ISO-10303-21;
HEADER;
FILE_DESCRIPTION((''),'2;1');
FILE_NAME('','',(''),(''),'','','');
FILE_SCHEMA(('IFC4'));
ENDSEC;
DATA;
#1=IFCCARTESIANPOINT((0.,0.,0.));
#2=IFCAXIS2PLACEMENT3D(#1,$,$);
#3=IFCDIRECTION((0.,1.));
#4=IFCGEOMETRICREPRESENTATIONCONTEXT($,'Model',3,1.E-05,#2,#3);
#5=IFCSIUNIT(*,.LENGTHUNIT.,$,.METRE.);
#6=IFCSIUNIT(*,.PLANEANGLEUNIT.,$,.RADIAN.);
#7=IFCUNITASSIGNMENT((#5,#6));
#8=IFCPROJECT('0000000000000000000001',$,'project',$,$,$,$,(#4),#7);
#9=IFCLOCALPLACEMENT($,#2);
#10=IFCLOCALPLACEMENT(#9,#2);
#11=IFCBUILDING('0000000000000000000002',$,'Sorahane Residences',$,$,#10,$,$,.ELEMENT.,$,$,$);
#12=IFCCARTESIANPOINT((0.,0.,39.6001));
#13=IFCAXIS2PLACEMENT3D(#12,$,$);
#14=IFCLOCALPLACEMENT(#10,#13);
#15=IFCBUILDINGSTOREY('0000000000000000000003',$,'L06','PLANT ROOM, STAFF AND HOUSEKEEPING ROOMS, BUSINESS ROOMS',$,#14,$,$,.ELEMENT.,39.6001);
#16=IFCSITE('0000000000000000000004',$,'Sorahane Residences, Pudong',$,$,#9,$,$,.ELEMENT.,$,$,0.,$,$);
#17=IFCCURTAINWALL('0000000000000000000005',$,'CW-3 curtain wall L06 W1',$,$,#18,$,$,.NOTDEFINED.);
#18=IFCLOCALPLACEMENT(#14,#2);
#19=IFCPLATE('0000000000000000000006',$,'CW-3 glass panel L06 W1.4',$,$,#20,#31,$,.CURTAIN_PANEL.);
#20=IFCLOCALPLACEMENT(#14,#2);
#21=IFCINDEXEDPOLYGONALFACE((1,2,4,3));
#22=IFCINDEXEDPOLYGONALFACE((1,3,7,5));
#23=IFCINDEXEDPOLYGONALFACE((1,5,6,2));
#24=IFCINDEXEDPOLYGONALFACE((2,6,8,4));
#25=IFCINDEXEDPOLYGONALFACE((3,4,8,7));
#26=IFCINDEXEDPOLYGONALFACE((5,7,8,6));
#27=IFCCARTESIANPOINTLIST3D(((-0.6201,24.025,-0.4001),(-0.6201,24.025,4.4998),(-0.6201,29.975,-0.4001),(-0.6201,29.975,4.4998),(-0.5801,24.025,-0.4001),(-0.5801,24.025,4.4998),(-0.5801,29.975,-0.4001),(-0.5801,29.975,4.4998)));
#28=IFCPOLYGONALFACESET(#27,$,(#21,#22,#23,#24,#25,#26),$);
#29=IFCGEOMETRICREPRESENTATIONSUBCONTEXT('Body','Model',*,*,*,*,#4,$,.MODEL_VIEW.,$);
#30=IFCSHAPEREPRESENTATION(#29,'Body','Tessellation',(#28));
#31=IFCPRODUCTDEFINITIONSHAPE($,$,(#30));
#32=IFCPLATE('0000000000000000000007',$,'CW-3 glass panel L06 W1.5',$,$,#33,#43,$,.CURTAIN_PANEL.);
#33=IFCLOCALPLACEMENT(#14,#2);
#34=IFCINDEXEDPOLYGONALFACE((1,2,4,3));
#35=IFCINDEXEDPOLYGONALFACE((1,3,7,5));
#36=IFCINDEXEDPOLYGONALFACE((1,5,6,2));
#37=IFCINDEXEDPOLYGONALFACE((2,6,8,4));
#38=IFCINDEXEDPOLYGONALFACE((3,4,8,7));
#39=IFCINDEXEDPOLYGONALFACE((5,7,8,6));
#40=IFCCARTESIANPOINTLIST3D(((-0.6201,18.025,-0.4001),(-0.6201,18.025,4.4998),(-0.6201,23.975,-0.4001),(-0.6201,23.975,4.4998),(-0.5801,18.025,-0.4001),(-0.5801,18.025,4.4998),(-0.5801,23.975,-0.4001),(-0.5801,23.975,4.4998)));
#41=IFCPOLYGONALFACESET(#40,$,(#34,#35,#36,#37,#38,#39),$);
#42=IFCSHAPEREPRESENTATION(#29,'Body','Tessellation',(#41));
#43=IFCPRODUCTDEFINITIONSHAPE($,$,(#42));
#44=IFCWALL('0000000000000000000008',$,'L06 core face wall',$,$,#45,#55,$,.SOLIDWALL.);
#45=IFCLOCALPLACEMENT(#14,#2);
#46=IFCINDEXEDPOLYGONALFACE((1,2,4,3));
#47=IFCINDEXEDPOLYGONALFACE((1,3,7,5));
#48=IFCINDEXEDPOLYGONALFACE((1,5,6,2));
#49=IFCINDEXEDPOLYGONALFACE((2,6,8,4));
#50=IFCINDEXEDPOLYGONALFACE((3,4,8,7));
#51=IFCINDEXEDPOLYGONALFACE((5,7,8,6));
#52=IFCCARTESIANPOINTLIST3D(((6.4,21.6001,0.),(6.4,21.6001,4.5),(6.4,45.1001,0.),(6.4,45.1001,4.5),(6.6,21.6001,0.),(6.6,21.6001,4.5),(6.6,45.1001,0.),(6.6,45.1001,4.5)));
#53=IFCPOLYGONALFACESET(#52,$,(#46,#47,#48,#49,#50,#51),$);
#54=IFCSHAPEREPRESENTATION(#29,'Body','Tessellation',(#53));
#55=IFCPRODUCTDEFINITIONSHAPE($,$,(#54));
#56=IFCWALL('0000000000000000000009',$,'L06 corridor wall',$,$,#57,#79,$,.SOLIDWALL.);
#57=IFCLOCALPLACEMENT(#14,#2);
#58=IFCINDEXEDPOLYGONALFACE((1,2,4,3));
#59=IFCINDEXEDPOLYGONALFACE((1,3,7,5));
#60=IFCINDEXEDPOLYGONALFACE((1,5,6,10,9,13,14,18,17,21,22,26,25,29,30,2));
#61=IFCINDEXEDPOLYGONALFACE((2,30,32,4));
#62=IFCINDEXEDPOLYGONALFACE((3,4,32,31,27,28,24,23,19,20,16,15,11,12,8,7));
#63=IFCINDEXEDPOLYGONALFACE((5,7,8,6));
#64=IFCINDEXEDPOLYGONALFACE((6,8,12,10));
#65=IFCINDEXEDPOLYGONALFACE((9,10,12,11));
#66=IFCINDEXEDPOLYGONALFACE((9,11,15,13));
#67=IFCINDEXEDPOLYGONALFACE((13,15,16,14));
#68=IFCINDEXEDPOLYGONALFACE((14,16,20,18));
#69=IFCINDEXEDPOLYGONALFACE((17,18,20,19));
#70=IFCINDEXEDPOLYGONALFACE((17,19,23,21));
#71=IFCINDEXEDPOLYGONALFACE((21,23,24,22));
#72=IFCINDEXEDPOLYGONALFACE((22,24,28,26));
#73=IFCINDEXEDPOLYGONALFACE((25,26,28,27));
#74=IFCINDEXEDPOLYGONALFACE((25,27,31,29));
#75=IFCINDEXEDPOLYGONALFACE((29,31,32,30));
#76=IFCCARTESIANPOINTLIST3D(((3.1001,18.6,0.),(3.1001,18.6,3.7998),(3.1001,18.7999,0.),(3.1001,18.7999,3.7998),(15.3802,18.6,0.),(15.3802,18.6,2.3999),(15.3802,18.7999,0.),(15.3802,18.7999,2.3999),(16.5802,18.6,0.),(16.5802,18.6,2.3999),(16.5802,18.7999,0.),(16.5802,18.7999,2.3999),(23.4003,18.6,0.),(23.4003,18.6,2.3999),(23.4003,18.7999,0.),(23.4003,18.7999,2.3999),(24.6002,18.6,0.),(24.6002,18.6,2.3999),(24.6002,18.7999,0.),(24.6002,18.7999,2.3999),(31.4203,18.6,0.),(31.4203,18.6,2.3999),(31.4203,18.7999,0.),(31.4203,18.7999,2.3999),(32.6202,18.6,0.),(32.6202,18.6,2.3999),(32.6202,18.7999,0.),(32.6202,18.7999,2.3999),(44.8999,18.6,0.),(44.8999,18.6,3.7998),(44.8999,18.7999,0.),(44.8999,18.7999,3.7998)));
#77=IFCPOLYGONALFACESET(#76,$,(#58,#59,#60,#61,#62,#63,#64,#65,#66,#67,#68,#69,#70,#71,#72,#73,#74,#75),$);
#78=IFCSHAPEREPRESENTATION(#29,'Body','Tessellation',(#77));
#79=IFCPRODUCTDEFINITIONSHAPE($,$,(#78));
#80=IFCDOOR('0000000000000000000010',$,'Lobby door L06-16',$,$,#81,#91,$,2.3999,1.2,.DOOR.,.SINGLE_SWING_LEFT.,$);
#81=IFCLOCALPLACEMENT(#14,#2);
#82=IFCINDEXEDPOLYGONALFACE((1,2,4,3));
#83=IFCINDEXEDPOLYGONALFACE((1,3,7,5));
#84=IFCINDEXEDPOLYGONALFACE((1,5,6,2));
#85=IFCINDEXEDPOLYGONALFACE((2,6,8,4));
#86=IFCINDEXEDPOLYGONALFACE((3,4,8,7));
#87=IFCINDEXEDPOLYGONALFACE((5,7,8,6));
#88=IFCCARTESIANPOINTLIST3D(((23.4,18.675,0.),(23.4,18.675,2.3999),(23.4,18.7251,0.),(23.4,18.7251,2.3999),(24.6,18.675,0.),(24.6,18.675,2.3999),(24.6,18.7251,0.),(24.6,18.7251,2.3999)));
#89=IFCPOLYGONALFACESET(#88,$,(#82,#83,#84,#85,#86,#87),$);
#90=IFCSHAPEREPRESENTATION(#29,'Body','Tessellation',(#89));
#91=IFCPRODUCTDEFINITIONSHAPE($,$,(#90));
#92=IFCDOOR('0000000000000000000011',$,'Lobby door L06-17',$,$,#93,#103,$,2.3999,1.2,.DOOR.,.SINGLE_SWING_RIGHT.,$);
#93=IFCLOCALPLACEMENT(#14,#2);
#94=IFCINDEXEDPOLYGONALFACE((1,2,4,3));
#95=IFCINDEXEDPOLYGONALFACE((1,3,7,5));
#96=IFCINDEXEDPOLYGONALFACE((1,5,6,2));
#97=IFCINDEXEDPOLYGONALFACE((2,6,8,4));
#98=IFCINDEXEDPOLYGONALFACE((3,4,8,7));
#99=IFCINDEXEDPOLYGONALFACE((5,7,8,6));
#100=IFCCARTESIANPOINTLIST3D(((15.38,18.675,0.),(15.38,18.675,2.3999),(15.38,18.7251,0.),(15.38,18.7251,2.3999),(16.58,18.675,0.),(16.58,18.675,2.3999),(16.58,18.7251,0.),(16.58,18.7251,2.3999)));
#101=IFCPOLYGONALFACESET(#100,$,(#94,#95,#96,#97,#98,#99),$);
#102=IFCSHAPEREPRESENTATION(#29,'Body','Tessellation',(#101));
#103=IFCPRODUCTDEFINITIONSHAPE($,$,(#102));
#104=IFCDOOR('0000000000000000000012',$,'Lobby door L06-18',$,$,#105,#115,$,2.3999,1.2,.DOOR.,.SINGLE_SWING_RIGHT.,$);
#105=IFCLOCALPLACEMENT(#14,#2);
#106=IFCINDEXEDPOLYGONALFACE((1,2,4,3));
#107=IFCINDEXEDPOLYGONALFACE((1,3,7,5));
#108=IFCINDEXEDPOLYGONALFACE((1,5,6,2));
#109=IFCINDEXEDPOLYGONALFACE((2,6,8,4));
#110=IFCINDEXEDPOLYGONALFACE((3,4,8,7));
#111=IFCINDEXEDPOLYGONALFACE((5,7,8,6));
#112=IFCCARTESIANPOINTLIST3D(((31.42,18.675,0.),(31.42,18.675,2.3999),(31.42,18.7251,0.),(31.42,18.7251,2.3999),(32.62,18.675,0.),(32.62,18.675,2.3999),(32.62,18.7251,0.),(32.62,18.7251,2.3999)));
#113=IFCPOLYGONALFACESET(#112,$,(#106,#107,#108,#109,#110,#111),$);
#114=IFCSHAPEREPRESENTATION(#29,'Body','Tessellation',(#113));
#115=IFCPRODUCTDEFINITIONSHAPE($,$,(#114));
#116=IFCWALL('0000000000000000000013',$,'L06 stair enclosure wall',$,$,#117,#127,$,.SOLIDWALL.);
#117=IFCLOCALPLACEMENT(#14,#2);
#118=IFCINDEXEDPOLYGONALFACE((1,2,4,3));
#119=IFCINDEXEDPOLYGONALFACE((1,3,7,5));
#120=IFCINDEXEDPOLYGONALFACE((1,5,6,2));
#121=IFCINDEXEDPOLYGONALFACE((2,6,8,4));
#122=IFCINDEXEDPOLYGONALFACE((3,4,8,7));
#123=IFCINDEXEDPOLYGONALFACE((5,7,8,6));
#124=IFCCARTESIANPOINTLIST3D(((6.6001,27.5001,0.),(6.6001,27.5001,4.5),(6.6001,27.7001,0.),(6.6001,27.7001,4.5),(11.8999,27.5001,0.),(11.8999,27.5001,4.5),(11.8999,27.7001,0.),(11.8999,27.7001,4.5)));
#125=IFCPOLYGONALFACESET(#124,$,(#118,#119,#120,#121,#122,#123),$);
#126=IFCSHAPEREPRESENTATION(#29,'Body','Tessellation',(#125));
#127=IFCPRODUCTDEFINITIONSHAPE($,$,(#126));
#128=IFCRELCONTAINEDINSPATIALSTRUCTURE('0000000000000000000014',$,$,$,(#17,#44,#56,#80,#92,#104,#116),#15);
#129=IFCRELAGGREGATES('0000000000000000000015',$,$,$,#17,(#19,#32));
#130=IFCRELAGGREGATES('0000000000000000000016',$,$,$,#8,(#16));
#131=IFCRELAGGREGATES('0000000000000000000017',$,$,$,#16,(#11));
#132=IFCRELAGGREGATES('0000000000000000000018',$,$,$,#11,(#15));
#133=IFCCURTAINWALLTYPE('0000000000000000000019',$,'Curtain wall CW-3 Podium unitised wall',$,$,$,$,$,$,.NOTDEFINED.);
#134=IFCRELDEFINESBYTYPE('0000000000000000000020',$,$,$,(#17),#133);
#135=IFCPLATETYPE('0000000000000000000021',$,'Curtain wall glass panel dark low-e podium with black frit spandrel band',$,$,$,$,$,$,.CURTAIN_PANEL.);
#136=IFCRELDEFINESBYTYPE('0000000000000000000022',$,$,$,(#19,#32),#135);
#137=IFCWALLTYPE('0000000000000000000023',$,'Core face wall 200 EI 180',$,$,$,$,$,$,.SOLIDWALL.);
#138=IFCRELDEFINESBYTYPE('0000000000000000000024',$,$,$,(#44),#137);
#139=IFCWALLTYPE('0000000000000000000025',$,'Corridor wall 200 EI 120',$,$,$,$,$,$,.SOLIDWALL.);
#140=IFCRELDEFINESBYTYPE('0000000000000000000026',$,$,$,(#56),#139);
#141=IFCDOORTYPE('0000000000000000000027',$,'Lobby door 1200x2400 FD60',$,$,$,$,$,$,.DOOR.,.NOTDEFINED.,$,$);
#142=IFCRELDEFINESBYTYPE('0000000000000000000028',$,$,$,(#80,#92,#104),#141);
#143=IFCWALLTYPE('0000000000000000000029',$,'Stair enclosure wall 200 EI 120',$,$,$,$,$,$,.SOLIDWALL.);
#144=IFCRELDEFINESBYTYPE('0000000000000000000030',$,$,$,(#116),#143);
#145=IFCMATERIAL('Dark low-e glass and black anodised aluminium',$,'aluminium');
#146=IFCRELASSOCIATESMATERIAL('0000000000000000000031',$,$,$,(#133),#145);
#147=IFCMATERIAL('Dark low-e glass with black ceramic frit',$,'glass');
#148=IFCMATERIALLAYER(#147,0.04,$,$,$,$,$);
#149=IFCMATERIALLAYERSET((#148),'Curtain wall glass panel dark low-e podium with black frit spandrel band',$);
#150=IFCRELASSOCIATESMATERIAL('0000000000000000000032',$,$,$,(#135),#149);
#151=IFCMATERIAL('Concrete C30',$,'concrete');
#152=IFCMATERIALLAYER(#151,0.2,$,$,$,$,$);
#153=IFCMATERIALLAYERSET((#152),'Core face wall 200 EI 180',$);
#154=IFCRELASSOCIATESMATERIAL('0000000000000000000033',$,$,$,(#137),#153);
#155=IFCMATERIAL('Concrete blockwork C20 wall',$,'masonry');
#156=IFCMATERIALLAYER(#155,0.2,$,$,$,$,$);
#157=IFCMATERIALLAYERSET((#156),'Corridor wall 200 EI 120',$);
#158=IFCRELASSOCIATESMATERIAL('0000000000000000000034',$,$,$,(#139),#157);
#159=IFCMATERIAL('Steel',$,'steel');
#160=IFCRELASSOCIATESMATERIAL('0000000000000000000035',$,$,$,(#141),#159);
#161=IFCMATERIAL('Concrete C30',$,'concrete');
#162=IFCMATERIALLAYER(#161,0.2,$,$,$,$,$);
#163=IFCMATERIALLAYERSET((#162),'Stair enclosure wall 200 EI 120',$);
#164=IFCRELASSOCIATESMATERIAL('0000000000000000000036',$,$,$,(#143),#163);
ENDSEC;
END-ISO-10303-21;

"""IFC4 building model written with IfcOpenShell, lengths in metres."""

from ifc_helpers import new_model, si_unit, direction, frame, frame_2d, origin, origin_2d, place, context, subcontext, project, spatial, rectangle, extrude, material, layer, layer_set, type_object, element, fill, aggregate, save


model = new_model("IFC4")

# Units and contexts
model_context = context("Model", 3, precision=1e-05, world=origin(), true_north=direction((0.0, 1.0)))
body_context = subcontext(model_context, "Body", "Model", "MODEL_VIEW")
ifc_project = project(units=[si_unit("LENGTHUNIT", "METRE"), si_unit("PLANEANGLEUNIT", "RADIAN")], contexts=[model_context])

# Site, building, storey
site_placement = place(None, origin())
site = spatial("IfcSite", under=ifc_project, at=site_placement, Name="Sorahane Residences, Pudong", CompositionType="ELEMENT", RefElevation=0.0)
building_placement = place(site_placement, origin())
building = spatial("IfcBuilding", under=site, at=building_placement, Name="Sorahane Residences", CompositionType="ELEMENT")
storey_placement = place(building_placement, frame((0.0, 0.0, 39.6001)))
storey = spatial("IfcBuildingStorey", under=building, at=storey_placement, Name="L06", Description="PLANT ROOM, STAFF AND HOUSEKEEPING ROOMS, BUSINESS ROOMS", CompositionType="ELEMENT", Elevation=39.6001)

# Curtain wall
ifc_material_1 = material(Name="Dark low-e glass and black anodised aluminium", Category="aluminium")
curtain_wall_type = type_object("IfcCurtainWallType", Name="Curtain wall CW-3 Podium unitised wall", PredefinedType="NOTDEFINED", material=ifc_material_1)
curtain_wall_placement = place(storey_placement, origin())
curtain_wall = element("IfcCurtainWall", 1, at=curtain_wall_placement, inside=storey, type_object=curtain_wall_type, Name="CW-3 curtain wall L06 W1", PredefinedType="NOTDEFINED")

# Plates
ifc_material_2 = material(Name="Dark low-e glass with black ceramic frit", Category="glass")
ifc_layer_1 = layer(ifc_material_2, 0.04)
ifc_layer_set_1 = layer_set([ifc_layer_1], Name="Curtain wall glass panel dark low-e podium with black frit spandrel band")
plate_type = type_object("IfcPlateType", Name="Curtain wall glass panel dark low-e podium with black frit spandrel band", PredefinedType="CURTAIN_PANEL", material=ifc_layer_set_1)
plate_1_placement = place(storey_placement, frame((-0.6001, 27.0, -0.4001), z_axis=(0.0, 0.0, 1.0), x_axis=(0.0, -1.0, 0.0)))
plate_1 = element("IfcPlate", 2, at=plate_1_placement, type_object=plate_type, Name="CW-3 glass panel L06 W1.4", PredefinedType="CURTAIN_PANEL", context=body_context, shape_type="SweptSolid", body=[
    extrude(rectangle(XDim=5.95, YDim=0.04, at=origin_2d()), origin(), (0.0, 0.0, 1.0), 4.8999),
])
plate_2_placement = place(storey_placement, frame((-0.6001, 21.0, -0.4001), z_axis=(0.0, 0.0, 1.0), x_axis=(0.0, -1.0, 0.0)))
plate_2 = element("IfcPlate", 3, at=plate_2_placement, type_object=plate_type, Name="CW-3 glass panel L06 W1.5", PredefinedType="CURTAIN_PANEL", context=body_context, shape_type="SweptSolid", body=[
    extrude(rectangle(XDim=5.95, YDim=0.04, at=origin_2d()), origin(), (0.0, 0.0, 1.0), 4.8999),
])
aggregate(curtain_wall, [plate_1, plate_2])

# Wall
ifc_material_3 = material(Name="Concrete C30", Category="concrete")
ifc_layer_2 = layer(ifc_material_3, 0.2)
ifc_layer_set_2 = layer_set([ifc_layer_2], Name="Core face wall 200 EI 180")
wall_type_1 = type_object("IfcWallType", Name="Core face wall 200 EI 180", PredefinedType="SOLIDWALL", material=ifc_layer_set_2)
wall_1_placement = place(storey_placement, frame((6.5, 21.6001, 0.0), z_axis=(0.0, 0.0, 1.0), x_axis=(0.0, 1.0, 0.0)))
element("IfcWall", 4, at=wall_1_placement, inside=storey, type_object=wall_type_1, Name="L06 core face wall", PredefinedType="SOLIDWALL", context=body_context, shape_type="SweptSolid", body=[
    extrude(rectangle(XDim=23.5, YDim=0.2, at=frame_2d((11.75, 0.0))), origin(), (0.0, 0.0, 1.0), 4.5),
])

# Wall, openings, doors
ifc_material_4 = material(Name="Concrete blockwork C20 wall", Category="masonry")
ifc_layer_3 = layer(ifc_material_4, 0.2)
ifc_layer_set_3 = layer_set([ifc_layer_3], Name="Corridor wall 200 EI 120")
wall_type_2 = type_object("IfcWallType", Name="Corridor wall 200 EI 120", PredefinedType="SOLIDWALL", material=ifc_layer_set_3)
wall_2_placement = place(storey_placement, frame((3.1001, 18.7, 0.0), z_axis=(0.0, 0.0, 1.0), x_axis=(1.0, 0.0, 0.0)))
wall_2 = element("IfcWall", 5, at=wall_2_placement, inside=storey, type_object=wall_type_2, Name="L06 corridor wall", PredefinedType="SOLIDWALL", context=body_context, shape_type="SweptSolid", body=[
    extrude(rectangle(XDim=41.7998, YDim=0.2, at=frame_2d((20.8999, 0.0))), origin(), (0.0, 0.0, 1.0), 3.7998),
])
opening_1_placement = place(wall_2_placement, frame((20.3, 0.0, 0.0)))
opening_1 = element("IfcOpeningElement", 6, at=opening_1_placement, cuts=wall_2, PredefinedType="OPENING", context=body_context, shape_type="SweptSolid", body=[
    extrude(rectangle(XDim=1.2, YDim=2.3999, at=frame_2d((0.6001, 1.2))), frame((0.0, 0.1099, 0.0), z_axis=(0.0, -1.0, 0.0), x_axis=(1.0, 0.0, 0.0)), (0.0, 0.0, 1.0), 0.22),
])
opening_2_placement = place(wall_2_placement, frame((12.28, 0.0, 0.0)))
opening_2 = element("IfcOpeningElement", 7, at=opening_2_placement, cuts=wall_2, PredefinedType="OPENING", context=body_context, shape_type="SweptSolid", body=[
    extrude(rectangle(XDim=1.2, YDim=2.3999, at=frame_2d((0.6001, 1.2))), frame((0.0, 0.1099, 0.0), z_axis=(0.0, -1.0, 0.0), x_axis=(1.0, 0.0, 0.0)), (0.0, 0.0, 1.0), 0.22),
])
opening_3_placement = place(wall_2_placement, frame((28.3201, 0.0, 0.0)))
opening_3 = element("IfcOpeningElement", 8, at=opening_3_placement, cuts=wall_2, PredefinedType="OPENING", context=body_context, shape_type="SweptSolid", body=[
    extrude(rectangle(XDim=1.2, YDim=2.3999, at=frame_2d((0.6001, 1.2))), frame((0.0, 0.1099, 0.0), z_axis=(0.0, -1.0, 0.0), x_axis=(1.0, 0.0, 0.0)), (0.0, 0.0, 1.0), 0.22),
])
ifc_material_5 = material(Name="Steel", Category="steel")
door_type_1 = type_object("IfcDoorType", Name="Lobby door 1200x2400 FD60", OperationType="NOTDEFINED", PredefinedType="DOOR", material=ifc_material_5)
door_1_placement = place(opening_1_placement, frame((1.2, 0.0, 0.0), z_axis=(0.0, 0.0, 1.0), x_axis=(-1.0, 0.0, 0.0)))
door_1 = element("IfcDoor", 9, at=door_1_placement, inside=storey, type_object=door_type_1, Name="Lobby door L06-16", OperationType="SINGLE_SWING_LEFT", OverallHeight=2.3999, OverallWidth=1.2, PredefinedType="DOOR", context=body_context, shape_type="SweptSolid", body=[
    extrude(rectangle(XDim=1.2, YDim=2.3999, at=frame_2d((0.6001, 1.2))), frame((0.0, 0.0249, 0.0), z_axis=(0.0, -1.0, 0.0), x_axis=(1.0, 0.0, 0.0)), (0.0, 0.0, 1.0), 0.05),
])
fill(opening_1, door_1)
door_2_placement = place(opening_2_placement, frame((1.2, 0.0, 0.0), z_axis=(0.0, 0.0, 1.0), x_axis=(-1.0, 0.0, 0.0)))
door_2 = element("IfcDoor", 10, at=door_2_placement, inside=storey, type_object=door_type_1, Name="Lobby door L06-17", OperationType="SINGLE_SWING_RIGHT", OverallHeight=2.3999, OverallWidth=1.2, PredefinedType="DOOR", context=body_context, shape_type="SweptSolid", body=[
    extrude(rectangle(XDim=1.2, YDim=2.3999, at=frame_2d((0.6001, 1.2))), frame((0.0, 0.0249, 0.0), z_axis=(0.0, -1.0, 0.0), x_axis=(1.0, 0.0, 0.0)), (0.0, 0.0, 1.0), 0.05),
])
fill(opening_2, door_2)
door_3_placement = place(opening_3_placement, frame((1.2, 0.0, 0.0), z_axis=(0.0, 0.0, 1.0), x_axis=(-1.0, 0.0, 0.0)))
door_3 = element("IfcDoor", 11, at=door_3_placement, inside=storey, type_object=door_type_1, Name="Lobby door L06-18", OperationType="SINGLE_SWING_RIGHT", OverallHeight=2.3999, OverallWidth=1.2, PredefinedType="DOOR", context=body_context, shape_type="SweptSolid", body=[
    extrude(rectangle(XDim=1.2, YDim=2.3999, at=frame_2d((0.6001, 1.2))), frame((0.0, 0.0249, 0.0), z_axis=(0.0, -1.0, 0.0), x_axis=(1.0, 0.0, 0.0)), (0.0, 0.0, 1.0), 0.05),
])
fill(opening_3, door_3)

# Wall
ifc_material_6 = material(Name="Concrete C30", Category="concrete")
ifc_layer_4 = layer(ifc_material_6, 0.2)
ifc_layer_set_4 = layer_set([ifc_layer_4], Name="Stair enclosure wall 200 EI 120")
wall_type_3 = type_object("IfcWallType", Name="Stair enclosure wall 200 EI 120", PredefinedType="SOLIDWALL", material=ifc_layer_set_4)
wall_3_placement = place(storey_placement, frame((6.6001, 27.6001, 0.0), z_axis=(0.0, 0.0, 1.0), x_axis=(1.0, 0.0, 0.0)))
element("IfcWall", 12, at=wall_3_placement, inside=storey, type_object=wall_type_3, Name="L06 stair enclosure wall", PredefinedType="SOLIDWALL", context=body_context, shape_type="SweptSolid", body=[
    extrude(rectangle(XDim=5.2998, YDim=0.2, at=frame_2d((2.6499, 0.0))), origin(), (0.0, 0.0, 1.0), 4.5),
])

save(model, "model.ifc")
